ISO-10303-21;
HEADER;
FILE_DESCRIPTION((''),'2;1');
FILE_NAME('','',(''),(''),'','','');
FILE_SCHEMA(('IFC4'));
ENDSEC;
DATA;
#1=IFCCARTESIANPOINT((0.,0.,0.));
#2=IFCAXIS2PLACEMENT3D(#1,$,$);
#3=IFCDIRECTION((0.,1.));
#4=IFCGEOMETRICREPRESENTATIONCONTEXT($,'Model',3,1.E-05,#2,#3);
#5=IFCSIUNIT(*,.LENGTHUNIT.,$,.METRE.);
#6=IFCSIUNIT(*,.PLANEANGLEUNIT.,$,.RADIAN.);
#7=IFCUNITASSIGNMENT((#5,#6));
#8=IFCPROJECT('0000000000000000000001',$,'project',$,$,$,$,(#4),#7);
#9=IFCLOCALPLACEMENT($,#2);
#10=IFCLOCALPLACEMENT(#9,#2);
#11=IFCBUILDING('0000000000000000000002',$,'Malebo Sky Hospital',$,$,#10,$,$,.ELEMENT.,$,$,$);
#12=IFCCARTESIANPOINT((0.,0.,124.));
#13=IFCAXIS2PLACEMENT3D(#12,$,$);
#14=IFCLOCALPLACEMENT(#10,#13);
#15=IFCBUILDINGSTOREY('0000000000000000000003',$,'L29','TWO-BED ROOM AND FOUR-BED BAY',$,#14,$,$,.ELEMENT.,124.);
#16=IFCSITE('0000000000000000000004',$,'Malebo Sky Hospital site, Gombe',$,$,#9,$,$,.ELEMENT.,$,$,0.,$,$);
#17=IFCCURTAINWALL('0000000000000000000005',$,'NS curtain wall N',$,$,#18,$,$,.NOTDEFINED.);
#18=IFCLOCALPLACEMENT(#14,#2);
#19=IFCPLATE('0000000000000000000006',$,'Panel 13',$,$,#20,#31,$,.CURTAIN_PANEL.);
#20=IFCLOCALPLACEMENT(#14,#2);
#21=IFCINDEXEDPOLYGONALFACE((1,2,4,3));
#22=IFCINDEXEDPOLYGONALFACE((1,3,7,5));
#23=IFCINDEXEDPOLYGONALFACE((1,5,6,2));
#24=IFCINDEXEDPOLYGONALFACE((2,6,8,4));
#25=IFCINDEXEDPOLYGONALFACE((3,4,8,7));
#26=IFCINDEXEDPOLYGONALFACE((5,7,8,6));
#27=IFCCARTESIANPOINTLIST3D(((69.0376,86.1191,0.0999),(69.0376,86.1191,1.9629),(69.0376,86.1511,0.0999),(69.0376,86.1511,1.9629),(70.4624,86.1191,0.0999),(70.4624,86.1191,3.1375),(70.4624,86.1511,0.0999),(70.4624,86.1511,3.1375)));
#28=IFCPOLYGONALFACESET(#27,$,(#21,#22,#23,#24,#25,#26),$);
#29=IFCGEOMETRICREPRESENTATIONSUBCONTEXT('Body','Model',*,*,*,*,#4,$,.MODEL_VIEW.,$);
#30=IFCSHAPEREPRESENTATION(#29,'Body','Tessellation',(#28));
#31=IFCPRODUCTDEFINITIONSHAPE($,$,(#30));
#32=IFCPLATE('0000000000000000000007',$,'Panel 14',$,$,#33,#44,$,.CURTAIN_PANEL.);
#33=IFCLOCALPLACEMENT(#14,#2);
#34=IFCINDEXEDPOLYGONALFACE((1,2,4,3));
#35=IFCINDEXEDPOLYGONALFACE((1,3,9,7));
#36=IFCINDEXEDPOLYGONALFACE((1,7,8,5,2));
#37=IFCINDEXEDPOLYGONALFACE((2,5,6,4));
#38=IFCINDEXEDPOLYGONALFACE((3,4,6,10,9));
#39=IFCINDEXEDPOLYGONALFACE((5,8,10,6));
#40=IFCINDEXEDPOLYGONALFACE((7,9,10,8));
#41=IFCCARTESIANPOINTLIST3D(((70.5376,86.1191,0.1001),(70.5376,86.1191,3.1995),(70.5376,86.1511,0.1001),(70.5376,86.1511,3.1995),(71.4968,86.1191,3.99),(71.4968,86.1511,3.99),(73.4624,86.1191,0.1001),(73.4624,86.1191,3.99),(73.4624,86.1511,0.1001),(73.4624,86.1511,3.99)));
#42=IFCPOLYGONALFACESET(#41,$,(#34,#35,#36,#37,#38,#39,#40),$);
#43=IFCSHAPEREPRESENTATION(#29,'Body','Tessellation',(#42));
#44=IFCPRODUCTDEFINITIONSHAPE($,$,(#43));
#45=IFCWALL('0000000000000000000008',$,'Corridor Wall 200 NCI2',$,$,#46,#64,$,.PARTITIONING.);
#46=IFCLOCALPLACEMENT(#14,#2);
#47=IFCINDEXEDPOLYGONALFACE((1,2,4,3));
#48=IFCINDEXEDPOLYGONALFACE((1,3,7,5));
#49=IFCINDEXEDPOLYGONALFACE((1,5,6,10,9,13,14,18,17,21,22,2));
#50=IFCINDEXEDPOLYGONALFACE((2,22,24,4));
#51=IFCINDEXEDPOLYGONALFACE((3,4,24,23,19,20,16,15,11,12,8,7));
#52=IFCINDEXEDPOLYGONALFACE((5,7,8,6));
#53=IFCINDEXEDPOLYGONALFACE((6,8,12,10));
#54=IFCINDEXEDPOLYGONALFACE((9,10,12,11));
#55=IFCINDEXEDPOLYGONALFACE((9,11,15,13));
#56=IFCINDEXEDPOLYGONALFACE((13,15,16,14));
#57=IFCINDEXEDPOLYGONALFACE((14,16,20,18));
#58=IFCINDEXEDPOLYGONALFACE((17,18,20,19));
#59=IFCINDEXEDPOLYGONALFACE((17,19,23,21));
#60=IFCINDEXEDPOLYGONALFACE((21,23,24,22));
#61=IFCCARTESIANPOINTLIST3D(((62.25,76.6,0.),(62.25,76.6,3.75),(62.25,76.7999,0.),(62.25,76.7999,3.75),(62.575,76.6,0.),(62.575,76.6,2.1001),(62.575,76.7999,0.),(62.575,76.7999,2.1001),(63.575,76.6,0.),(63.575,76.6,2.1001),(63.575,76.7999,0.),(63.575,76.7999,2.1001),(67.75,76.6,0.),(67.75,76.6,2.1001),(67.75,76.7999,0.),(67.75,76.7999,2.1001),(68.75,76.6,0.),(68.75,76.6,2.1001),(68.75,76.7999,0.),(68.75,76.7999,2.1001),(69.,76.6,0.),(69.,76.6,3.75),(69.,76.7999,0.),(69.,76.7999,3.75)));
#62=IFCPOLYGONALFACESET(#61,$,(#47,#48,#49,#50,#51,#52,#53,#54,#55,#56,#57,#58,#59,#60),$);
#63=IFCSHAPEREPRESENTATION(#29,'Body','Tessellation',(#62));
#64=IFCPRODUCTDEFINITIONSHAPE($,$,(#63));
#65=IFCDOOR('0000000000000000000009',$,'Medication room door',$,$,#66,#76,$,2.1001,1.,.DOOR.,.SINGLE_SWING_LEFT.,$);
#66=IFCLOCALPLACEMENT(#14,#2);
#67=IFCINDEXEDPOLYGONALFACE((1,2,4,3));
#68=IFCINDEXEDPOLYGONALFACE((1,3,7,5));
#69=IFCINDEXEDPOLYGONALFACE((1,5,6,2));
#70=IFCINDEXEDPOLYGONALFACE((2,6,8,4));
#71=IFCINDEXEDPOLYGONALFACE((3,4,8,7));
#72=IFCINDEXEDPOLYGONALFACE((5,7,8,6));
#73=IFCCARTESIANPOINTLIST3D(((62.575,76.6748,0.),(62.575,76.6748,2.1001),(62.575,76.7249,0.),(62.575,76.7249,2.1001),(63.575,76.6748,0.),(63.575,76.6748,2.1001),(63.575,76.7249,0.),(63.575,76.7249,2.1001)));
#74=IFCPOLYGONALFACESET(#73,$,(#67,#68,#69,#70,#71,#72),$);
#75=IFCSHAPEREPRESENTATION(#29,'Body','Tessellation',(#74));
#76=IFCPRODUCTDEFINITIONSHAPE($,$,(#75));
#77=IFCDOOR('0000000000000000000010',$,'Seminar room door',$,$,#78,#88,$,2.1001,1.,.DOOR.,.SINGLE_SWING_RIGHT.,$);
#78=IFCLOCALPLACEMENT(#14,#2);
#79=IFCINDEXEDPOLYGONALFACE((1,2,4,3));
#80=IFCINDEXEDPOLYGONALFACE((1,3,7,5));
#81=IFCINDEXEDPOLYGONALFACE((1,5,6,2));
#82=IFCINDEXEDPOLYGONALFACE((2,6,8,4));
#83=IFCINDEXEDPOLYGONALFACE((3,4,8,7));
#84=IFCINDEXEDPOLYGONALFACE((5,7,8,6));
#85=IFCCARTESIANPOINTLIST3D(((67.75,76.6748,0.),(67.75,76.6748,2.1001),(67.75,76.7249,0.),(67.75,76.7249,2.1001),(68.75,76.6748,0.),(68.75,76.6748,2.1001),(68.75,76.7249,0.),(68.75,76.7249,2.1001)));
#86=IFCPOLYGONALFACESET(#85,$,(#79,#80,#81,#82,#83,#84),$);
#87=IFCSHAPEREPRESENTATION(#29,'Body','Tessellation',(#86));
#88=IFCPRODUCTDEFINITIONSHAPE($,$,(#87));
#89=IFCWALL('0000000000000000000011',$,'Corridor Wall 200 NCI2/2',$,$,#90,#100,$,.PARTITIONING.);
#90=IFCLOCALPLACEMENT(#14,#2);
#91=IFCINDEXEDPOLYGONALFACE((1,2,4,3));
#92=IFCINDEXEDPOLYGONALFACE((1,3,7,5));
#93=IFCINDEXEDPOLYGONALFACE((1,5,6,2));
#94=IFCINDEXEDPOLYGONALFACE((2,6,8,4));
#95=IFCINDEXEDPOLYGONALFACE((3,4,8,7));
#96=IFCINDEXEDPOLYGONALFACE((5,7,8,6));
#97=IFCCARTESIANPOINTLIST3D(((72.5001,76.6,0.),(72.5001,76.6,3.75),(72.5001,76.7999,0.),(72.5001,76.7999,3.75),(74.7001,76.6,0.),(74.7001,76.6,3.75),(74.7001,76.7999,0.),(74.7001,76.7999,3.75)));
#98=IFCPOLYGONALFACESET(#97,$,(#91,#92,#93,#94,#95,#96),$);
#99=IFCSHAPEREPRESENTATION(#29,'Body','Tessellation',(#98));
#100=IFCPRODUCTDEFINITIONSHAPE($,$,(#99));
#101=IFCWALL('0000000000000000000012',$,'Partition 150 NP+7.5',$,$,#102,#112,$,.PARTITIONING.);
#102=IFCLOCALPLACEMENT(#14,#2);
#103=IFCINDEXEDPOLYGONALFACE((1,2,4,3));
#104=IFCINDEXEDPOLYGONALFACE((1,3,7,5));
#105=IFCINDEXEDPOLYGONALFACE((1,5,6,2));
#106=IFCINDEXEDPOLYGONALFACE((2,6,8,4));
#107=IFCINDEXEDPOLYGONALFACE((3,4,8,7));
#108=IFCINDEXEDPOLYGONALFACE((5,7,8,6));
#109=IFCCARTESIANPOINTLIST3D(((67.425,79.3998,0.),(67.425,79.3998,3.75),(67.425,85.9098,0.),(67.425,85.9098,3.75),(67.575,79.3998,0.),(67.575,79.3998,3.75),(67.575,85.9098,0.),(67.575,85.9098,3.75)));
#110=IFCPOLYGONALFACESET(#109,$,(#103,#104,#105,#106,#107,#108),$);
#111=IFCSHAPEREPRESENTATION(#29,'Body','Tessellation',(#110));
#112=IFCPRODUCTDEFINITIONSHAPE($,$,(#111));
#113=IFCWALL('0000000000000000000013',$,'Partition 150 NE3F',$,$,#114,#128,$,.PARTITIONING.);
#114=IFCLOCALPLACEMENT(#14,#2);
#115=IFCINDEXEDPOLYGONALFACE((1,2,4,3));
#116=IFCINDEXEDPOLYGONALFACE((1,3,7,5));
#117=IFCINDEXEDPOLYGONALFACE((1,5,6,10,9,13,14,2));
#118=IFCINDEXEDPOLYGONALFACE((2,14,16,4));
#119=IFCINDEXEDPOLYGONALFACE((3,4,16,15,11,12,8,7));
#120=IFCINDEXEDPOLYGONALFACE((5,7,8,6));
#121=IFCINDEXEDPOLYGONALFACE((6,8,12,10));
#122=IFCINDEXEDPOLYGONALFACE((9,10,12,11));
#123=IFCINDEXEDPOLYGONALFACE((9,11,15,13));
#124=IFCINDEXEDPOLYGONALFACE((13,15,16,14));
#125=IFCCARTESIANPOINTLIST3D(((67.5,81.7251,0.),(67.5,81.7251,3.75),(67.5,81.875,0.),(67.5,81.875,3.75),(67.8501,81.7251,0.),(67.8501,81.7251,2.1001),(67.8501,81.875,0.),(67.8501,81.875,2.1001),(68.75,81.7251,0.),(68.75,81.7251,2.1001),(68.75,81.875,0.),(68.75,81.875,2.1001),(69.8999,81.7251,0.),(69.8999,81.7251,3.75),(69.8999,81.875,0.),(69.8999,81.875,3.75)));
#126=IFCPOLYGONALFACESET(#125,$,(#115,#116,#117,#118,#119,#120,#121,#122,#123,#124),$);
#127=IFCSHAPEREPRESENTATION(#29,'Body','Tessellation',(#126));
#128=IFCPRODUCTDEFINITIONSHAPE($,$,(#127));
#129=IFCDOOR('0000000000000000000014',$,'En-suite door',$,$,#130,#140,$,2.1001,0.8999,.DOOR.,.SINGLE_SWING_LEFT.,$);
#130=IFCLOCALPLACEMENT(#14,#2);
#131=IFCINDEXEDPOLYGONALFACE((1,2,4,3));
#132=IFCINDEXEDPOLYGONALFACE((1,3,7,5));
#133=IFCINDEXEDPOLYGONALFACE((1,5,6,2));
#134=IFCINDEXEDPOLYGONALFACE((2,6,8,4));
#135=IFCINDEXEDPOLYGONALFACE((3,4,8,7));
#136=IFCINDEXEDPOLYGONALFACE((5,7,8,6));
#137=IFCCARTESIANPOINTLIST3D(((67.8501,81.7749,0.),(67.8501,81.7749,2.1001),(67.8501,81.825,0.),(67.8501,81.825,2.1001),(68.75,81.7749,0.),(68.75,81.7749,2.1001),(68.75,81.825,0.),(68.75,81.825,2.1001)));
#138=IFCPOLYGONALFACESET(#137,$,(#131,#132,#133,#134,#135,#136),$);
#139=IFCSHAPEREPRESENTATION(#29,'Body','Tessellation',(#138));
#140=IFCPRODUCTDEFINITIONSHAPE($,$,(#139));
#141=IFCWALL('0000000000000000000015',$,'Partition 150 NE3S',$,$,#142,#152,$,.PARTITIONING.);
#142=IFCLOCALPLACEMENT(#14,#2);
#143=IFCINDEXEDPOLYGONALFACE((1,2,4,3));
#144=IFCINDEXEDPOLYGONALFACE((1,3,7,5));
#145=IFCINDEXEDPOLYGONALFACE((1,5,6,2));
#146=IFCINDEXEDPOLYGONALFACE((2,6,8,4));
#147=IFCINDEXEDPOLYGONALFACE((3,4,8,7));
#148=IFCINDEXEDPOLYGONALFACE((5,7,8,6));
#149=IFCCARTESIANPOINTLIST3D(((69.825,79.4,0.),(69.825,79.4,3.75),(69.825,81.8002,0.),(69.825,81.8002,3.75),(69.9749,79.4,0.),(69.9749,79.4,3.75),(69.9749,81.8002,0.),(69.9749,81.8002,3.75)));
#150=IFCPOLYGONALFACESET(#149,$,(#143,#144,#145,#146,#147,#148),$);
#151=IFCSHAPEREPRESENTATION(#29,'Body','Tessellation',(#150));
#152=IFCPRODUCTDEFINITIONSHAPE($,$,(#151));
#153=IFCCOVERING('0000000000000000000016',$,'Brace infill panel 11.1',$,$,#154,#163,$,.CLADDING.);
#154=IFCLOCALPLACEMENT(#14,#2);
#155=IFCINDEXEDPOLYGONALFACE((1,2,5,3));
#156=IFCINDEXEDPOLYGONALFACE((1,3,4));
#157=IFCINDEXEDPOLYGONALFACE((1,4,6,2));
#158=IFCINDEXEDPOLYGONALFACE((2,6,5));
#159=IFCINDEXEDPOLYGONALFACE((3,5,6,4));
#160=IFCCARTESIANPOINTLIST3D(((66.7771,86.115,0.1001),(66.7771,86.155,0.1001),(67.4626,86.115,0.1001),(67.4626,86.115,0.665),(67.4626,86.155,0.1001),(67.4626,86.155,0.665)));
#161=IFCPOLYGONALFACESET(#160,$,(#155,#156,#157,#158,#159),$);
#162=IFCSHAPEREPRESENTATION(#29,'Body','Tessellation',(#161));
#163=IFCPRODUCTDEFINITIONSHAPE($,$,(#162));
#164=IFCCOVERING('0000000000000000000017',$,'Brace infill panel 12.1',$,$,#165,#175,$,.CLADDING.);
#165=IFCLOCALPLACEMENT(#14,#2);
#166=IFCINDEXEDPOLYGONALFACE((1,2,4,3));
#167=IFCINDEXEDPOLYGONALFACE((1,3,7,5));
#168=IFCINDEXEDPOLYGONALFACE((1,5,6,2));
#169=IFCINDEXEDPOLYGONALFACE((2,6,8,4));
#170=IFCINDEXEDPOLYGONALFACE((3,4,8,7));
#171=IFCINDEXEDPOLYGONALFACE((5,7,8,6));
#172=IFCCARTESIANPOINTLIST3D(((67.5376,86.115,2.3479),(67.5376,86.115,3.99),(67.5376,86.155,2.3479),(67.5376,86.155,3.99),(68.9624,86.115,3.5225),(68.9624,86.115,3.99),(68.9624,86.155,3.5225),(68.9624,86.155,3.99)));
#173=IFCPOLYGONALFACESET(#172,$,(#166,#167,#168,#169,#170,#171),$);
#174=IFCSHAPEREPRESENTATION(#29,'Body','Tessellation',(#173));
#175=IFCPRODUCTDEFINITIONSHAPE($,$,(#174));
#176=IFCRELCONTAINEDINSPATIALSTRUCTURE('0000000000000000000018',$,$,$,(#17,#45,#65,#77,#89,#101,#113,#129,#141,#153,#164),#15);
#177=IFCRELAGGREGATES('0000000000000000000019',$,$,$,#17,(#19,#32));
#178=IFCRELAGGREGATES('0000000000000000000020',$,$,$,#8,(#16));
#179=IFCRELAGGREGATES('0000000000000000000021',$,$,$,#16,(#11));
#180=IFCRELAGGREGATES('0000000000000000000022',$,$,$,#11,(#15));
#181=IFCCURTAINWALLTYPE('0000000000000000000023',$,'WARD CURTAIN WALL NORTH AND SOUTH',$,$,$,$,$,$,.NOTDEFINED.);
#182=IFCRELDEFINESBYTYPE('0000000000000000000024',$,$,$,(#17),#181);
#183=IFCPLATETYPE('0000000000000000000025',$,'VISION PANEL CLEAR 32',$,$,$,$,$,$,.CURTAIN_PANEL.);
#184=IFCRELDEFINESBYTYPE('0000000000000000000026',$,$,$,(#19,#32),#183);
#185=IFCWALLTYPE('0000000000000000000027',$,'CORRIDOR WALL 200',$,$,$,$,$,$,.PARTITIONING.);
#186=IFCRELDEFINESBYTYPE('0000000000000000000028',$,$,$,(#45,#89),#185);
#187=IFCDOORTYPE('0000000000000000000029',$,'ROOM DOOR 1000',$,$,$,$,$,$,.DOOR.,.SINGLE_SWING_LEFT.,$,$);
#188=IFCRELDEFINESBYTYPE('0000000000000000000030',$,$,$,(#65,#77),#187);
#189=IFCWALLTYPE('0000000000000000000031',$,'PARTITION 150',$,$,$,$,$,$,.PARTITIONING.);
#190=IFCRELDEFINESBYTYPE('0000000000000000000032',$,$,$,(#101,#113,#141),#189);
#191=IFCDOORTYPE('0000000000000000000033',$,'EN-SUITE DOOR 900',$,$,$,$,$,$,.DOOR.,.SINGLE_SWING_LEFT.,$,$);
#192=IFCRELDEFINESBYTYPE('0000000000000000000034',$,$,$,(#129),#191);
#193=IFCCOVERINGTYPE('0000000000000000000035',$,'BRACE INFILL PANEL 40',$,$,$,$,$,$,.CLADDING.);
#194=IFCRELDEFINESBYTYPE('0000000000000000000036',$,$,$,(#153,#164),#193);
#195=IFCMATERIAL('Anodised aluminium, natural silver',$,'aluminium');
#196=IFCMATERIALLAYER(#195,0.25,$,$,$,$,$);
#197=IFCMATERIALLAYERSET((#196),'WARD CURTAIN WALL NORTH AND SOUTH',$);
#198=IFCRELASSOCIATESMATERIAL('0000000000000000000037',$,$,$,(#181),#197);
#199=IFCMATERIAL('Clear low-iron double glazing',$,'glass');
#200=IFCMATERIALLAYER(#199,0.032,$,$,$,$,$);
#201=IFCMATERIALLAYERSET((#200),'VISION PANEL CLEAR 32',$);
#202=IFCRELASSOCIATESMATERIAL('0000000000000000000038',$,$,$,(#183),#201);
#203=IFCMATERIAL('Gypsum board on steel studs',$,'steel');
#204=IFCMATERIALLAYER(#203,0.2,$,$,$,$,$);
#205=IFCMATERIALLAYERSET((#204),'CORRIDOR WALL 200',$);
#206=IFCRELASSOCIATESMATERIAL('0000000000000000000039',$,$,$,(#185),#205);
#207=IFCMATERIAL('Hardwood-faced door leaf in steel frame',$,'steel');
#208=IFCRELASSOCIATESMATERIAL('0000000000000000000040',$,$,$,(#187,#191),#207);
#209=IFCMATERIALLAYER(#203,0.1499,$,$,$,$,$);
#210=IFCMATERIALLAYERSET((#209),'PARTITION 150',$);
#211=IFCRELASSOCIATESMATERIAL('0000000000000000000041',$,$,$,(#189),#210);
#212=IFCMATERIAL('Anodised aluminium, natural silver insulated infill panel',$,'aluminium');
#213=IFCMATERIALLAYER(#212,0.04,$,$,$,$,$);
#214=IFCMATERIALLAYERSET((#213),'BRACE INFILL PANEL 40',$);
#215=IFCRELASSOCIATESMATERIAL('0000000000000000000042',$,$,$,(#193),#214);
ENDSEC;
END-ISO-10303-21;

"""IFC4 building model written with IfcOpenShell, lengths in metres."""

from ifc_helpers import new_model, si_unit, direction, frame, frame_2d, origin, place, context, subcontext, project, spatial, polyline, rectangle, outline, extrude, material, layer, layer_set, type_object, element, fill, aggregate, save


model = new_model("IFC4")

# Units and contexts
model_context = context("Model", 3, precision=1e-05, world=origin(), true_north=direction((0.0, 1.0)))
body_context = subcontext(model_context, "Body", "Model", "MODEL_VIEW")
ifc_project = project(units=[si_unit("LENGTHUNIT", "METRE"), si_unit("PLANEANGLEUNIT", "RADIAN")], contexts=[model_context])

# Site, building, storey
site_placement = place(None, origin())
site = spatial("IfcSite", under=ifc_project, at=site_placement, Name="Malebo Sky Hospital site, Gombe", CompositionType="ELEMENT", RefElevation=0.0)
building_placement = place(site_placement, origin())
building = spatial("IfcBuilding", under=site, at=building_placement, Name="Malebo Sky Hospital", CompositionType="ELEMENT")
storey_placement = place(building_placement, frame((0.0, 0.0, 124.0)))
storey = spatial("IfcBuildingStorey", under=building, at=storey_placement, Name="L29", Description="TWO-BED ROOM AND FOUR-BED BAY", CompositionType="ELEMENT", Elevation=124.0)

# Curtain wall
ifc_material_1 = material(Name="Anodised aluminium, natural silver", Category="aluminium")
ifc_layer_1 = layer(ifc_material_1, 0.25)
ifc_layer_set_1 = layer_set([ifc_layer_1], Name="WARD CURTAIN WALL NORTH AND SOUTH")
curtain_wall_type = type_object("IfcCurtainWallType", Name="WARD CURTAIN WALL NORTH AND SOUTH", PredefinedType="NOTDEFINED", material=ifc_layer_set_1)
curtain_wall_placement = place(storey_placement, origin())
curtain_wall = element("IfcCurtainWall", 1, at=curtain_wall_placement, inside=storey, type_object=curtain_wall_type, Name="NS curtain wall N", PredefinedType="NOTDEFINED")

# Plates
ifc_material_2 = material(Name="Clear low-iron double glazing", Category="glass")
ifc_layer_2 = layer(ifc_material_2, 0.032)
ifc_layer_set_2 = layer_set([ifc_layer_2], Name="VISION PANEL CLEAR 32")
plate_type = type_object("IfcPlateType", Name="VISION PANEL CLEAR 32", PredefinedType="CURTAIN_PANEL", material=ifc_layer_set_2)
plate_1_placement = place(storey_placement, frame((69.75, 86.135, 0.0999), z_axis=(0.0, 0.0, 1.0), x_axis=(1.0, 0.0, 0.0)))
plate_1 = element("IfcPlate", 2, at=plate_1_placement, type_object=plate_type, Name="Panel 13", PredefinedType="CURTAIN_PANEL", context=body_context, shape_type="SweptSolid", body=[
    extrude(outline(polyline([(-0.7124, 0.0), (0.7124, 0.0), (0.7124, 3.0376), (-0.7124, 1.863), (-0.7124, 0.0)])), frame((0.0, 0.0161, 0.0), z_axis=(0.0, -1.0, 0.0), x_axis=(1.0, 0.0, 0.0)), (0.0, 0.0, 1.0), 0.032),
])
plate_2_placement = place(storey_placement, frame((72.0, 86.135, 0.1001), z_axis=(0.0, 0.0, 1.0), x_axis=(1.0, 0.0, 0.0)))
plate_2 = element("IfcPlate", 3, at=plate_2_placement, type_object=plate_type, Name="Panel 14", PredefinedType="CURTAIN_PANEL", context=body_context, shape_type="SweptSolid", body=[
    extrude(outline(polyline([(-1.4624, 0.0), (1.4624, 0.0), (1.4624, 3.8899), (-0.5032, 3.8899), (-1.4624, 3.0994), (-1.4624, 0.0)])), frame((0.0, 0.0161, 0.0), z_axis=(0.0, -1.0, 0.0), x_axis=(1.0, 0.0, 0.0)), (0.0, 0.0, 1.0), 0.032),
])
aggregate(curtain_wall, [plate_1, plate_2])

# Wall, openings, doors
ifc_material_3 = material(Name="Gypsum board on steel studs", Category="steel")
ifc_layer_3 = layer(ifc_material_3, 0.2)
ifc_layer_set_3 = layer_set([ifc_layer_3], Name="CORRIDOR WALL 200")
wall_type_1 = type_object("IfcWallType", Name="CORRIDOR WALL 200", PredefinedType="PARTITIONING", material=ifc_layer_set_3)
wall_1_placement = place(storey_placement, frame((62.25, 76.7, 0.0), z_axis=(0.0, 0.0, 1.0), x_axis=(1.0, 0.0, 0.0)))
wall_1 = element("IfcWall", 4, at=wall_1_placement, inside=storey, type_object=wall_type_1, Name="Corridor Wall 200 NCI2", PredefinedType="PARTITIONING", context=body_context, shape_type="SweptSolid", body=[
    extrude(rectangle(XDim=6.75, YDim=0.2, at=frame_2d((3.375, 0.0))), origin(), (0.0, 0.0, 1.0), 3.75),
])
opening_1_placement = place(wall_1_placement, frame((0.325, 0.0, 0.0)))
opening_1 = element("IfcOpeningElement", 5, at=opening_1_placement, cuts=wall_1, PredefinedType="OPENING", context=body_context, shape_type="SweptSolid", body=[
    extrude(rectangle(XDim=1.0, YDim=2.1001, at=frame_2d((0.5, 1.05))), frame((0.0, 0.1099, 0.0), z_axis=(0.0, -1.0, 0.0), x_axis=(1.0, 0.0, 0.0)), (0.0, 0.0, 1.0), 0.22),
])
opening_2_placement = place(wall_1_placement, frame((5.5, 0.0, 0.0)))
opening_2 = element("IfcOpeningElement", 6, at=opening_2_placement, cuts=wall_1, PredefinedType="OPENING", context=body_context, shape_type="SweptSolid", body=[
    extrude(rectangle(XDim=1.0, YDim=2.1001, at=frame_2d((0.5, 1.05))), frame((0.0, 0.1099, 0.0), z_axis=(0.0, -1.0, 0.0), x_axis=(1.0, 0.0, 0.0)), (0.0, 0.0, 1.0), 0.22),
])
ifc_material_4 = material(Name="Hardwood-faced door leaf in steel frame", Category="steel")
door_type_1 = type_object("IfcDoorType", Name="ROOM DOOR 1000", OperationType="SINGLE_SWING_LEFT", PredefinedType="DOOR", material=ifc_material_4)
door_1_placement = place(opening_1_placement, origin())
door_1 = element("IfcDoor", 7, at=door_1_placement, inside=storey, type_object=door_type_1, Name="Medication room door", OperationType="SINGLE_SWING_LEFT", OverallHeight=2.1001, OverallWidth=1.0, PredefinedType="DOOR", context=body_context, shape_type="SweptSolid", body=[
    extrude(rectangle(XDim=1.0, YDim=2.1001, at=frame_2d((0.5, 1.05))), frame((0.0, 0.0249, 0.0), z_axis=(0.0, -1.0, 0.0), x_axis=(1.0, 0.0, 0.0)), (0.0, 0.0, 1.0), 0.05),
])
fill(opening_1, door_1)
door_2_placement = place(opening_2_placement, origin())
door_2 = element("IfcDoor", 8, at=door_2_placement, inside=storey, type_object=door_type_1, Name="Seminar room door", OperationType="SINGLE_SWING_RIGHT", OverallHeight=2.1001, OverallWidth=1.0, PredefinedType="DOOR", context=body_context, shape_type="SweptSolid", body=[
    extrude(rectangle(XDim=1.0, YDim=2.1001, at=frame_2d((0.5, 1.05))), frame((0.0, 0.0249, 0.0), z_axis=(0.0, -1.0, 0.0), x_axis=(1.0, 0.0, 0.0)), (0.0, 0.0, 1.0), 0.05),
])
fill(opening_2, door_2)

# Walls
wall_2_placement = place(storey_placement, frame((72.5, 76.7, 0.0), z_axis=(0.0, 0.0, 1.0), x_axis=(1.0, 0.0, 0.0)))
element("IfcWall", 9, at=wall_2_placement, inside=storey, type_object=wall_type_1, Name="Corridor Wall 200 NCI2/2", PredefinedType="PARTITIONING", context=body_context, shape_type="SweptSolid", body=[
    extrude(rectangle(XDim=2.2, YDim=0.2, at=frame_2d((1.1001, 0.0))), origin(), (0.0, 0.0, 1.0), 3.75),
])
ifc_layer_4 = layer(ifc_material_3, 0.1499)
ifc_layer_set_4 = layer_set([ifc_layer_4], Name="PARTITION 150")
wall_type_2 = type_object("IfcWallType", Name="PARTITION 150", PredefinedType="PARTITIONING", material=ifc_layer_set_4)
wall_3_placement = place(storey_placement, frame((67.5, 79.3999, 0.0), z_axis=(0.0, 0.0, 1.0), x_axis=(0.0, 1.0, 0.0)))
element("IfcWall", 10, at=wall_3_placement, inside=storey, type_object=wall_type_2, Name="Partition 150 NP+7.5", PredefinedType="PARTITIONING", context=body_context, shape_type="SweptSolid", body=[
    extrude(rectangle(XDim=6.51, YDim=0.1499, at=frame_2d((3.2549, 0.0))), origin(), (0.0, 0.0, 1.0), 3.75),
])

# Wall, opening, door
wall_4_placement = place(storey_placement, frame((67.5, 81.8, 0.0), z_axis=(0.0, 0.0, 1.0), x_axis=(1.0, 0.0, 0.0)))
wall_4 = element("IfcWall", 11, at=wall_4_placement, inside=storey, type_object=wall_type_2, Name="Partition 150 NE3F", PredefinedType="PARTITIONING", context=body_context, shape_type="SweptSolid", body=[
    extrude(rectangle(XDim=2.3999, YDim=0.1499, at=frame_2d((1.2, 0.0))), origin(), (0.0, 0.0, 1.0), 3.75),
])
opening_3_placement = place(wall_4_placement, frame((0.3501, 0.0, 0.0)))
opening_3 = element("IfcOpeningElement", 12, at=opening_3_placement, cuts=wall_4, PredefinedType="OPENING", context=body_context, shape_type="SweptSolid", body=[
    extrude(rectangle(XDim=0.8999, YDim=2.1001, at=frame_2d((0.45, 1.05))), frame((0.0, 0.085, 0.0), z_axis=(0.0, -1.0, 0.0), x_axis=(1.0, 0.0, 0.0)), (0.0, 0.0, 1.0), 0.1699),
])
door_type_2 = type_object("IfcDoorType", Name="EN-SUITE DOOR 900", OperationType="SINGLE_SWING_LEFT", PredefinedType="DOOR", material=ifc_material_4)
door_3_placement = place(opening_3_placement, origin())
door_3 = element("IfcDoor", 13, at=door_3_placement, inside=storey, type_object=door_type_2, Name="En-suite door", OperationType="SINGLE_SWING_LEFT", OverallHeight=2.1001, OverallWidth=0.8999, PredefinedType="DOOR", context=body_context, shape_type="SweptSolid", body=[
    extrude(rectangle(XDim=0.8999, YDim=2.1001, at=frame_2d((0.45, 1.05))), frame((0.0, 0.0249, 0.0), z_axis=(0.0, -1.0, 0.0), x_axis=(1.0, 0.0, 0.0)), (0.0, 0.0, 1.0), 0.05),
])
fill(opening_3, door_3)

# Wall
wall_5_placement = place(storey_placement, frame((69.8999, 79.3999, 0.0), z_axis=(0.0, 0.0, 1.0), x_axis=(0.0, 1.0, 0.0)))
element("IfcWall", 14, at=wall_5_placement, inside=storey, type_object=wall_type_2, Name="Partition 150 NE3S", PredefinedType="PARTITIONING", context=body_context, shape_type="SweptSolid", body=[
    extrude(rectangle(XDim=2.4001, YDim=0.1499, at=frame_2d((1.2002, 0.0))), origin(), (0.0, 0.0, 1.0), 3.75),
])

# Coverings
ifc_material_5 = material(Name="Anodised aluminium, natural silver insulated infill panel", Category="aluminium")
ifc_layer_5 = layer(ifc_material_5, 0.04)
ifc_layer_set_5 = layer_set([ifc_layer_5], Name="BRACE INFILL PANEL 40")
covering_type = type_object("IfcCoveringType", Name="BRACE INFILL PANEL 40", PredefinedType="CLADDING", material=ifc_layer_set_5)
covering_1_placement = place(storey_placement, frame((67.1199, 86.135, 0.1001), z_axis=(0.0, 0.0, 1.0), x_axis=(1.0, 0.0, 0.0)))
element("IfcCovering", 15, at=covering_1_placement, inside=storey, type_object=covering_type, Name="Brace infill panel 11.1", PredefinedType="CLADDING", context=body_context, shape_type="SweptSolid", body=[
    extrude(outline(polyline([(-0.3428, 0.0), (0.3428, 0.0), (0.3428, 0.5649), (-0.3428, 0.0)])), frame((0.0, 0.02, 0.0), z_axis=(0.0, -1.0, 0.0), x_axis=(1.0, 0.0, 0.0)), (0.0, 0.0, 1.0), 0.04),
])
covering_2_placement = place(storey_placement, frame((68.25, 86.135, 2.3479), z_axis=(0.0, 0.0, 1.0), x_axis=(1.0, 0.0, 0.0)))
element("IfcCovering", 16, at=covering_2_placement, inside=storey, type_object=covering_type, Name="Brace infill panel 12.1", PredefinedType="CLADDING", context=body_context, shape_type="SweptSolid", body=[
    extrude(outline(polyline([(-0.7124, 0.0), (0.7124, 1.1746), (0.7124, 1.6421), (-0.7124, 1.6421), (-0.7124, 0.0)])), frame((0.0, 0.02, 0.0), z_axis=(0.0, -1.0, 0.0), x_axis=(1.0, 0.0, 0.0)), (0.0, 0.0, 1.0), 0.04),
])

save(model, "model.ifc")
